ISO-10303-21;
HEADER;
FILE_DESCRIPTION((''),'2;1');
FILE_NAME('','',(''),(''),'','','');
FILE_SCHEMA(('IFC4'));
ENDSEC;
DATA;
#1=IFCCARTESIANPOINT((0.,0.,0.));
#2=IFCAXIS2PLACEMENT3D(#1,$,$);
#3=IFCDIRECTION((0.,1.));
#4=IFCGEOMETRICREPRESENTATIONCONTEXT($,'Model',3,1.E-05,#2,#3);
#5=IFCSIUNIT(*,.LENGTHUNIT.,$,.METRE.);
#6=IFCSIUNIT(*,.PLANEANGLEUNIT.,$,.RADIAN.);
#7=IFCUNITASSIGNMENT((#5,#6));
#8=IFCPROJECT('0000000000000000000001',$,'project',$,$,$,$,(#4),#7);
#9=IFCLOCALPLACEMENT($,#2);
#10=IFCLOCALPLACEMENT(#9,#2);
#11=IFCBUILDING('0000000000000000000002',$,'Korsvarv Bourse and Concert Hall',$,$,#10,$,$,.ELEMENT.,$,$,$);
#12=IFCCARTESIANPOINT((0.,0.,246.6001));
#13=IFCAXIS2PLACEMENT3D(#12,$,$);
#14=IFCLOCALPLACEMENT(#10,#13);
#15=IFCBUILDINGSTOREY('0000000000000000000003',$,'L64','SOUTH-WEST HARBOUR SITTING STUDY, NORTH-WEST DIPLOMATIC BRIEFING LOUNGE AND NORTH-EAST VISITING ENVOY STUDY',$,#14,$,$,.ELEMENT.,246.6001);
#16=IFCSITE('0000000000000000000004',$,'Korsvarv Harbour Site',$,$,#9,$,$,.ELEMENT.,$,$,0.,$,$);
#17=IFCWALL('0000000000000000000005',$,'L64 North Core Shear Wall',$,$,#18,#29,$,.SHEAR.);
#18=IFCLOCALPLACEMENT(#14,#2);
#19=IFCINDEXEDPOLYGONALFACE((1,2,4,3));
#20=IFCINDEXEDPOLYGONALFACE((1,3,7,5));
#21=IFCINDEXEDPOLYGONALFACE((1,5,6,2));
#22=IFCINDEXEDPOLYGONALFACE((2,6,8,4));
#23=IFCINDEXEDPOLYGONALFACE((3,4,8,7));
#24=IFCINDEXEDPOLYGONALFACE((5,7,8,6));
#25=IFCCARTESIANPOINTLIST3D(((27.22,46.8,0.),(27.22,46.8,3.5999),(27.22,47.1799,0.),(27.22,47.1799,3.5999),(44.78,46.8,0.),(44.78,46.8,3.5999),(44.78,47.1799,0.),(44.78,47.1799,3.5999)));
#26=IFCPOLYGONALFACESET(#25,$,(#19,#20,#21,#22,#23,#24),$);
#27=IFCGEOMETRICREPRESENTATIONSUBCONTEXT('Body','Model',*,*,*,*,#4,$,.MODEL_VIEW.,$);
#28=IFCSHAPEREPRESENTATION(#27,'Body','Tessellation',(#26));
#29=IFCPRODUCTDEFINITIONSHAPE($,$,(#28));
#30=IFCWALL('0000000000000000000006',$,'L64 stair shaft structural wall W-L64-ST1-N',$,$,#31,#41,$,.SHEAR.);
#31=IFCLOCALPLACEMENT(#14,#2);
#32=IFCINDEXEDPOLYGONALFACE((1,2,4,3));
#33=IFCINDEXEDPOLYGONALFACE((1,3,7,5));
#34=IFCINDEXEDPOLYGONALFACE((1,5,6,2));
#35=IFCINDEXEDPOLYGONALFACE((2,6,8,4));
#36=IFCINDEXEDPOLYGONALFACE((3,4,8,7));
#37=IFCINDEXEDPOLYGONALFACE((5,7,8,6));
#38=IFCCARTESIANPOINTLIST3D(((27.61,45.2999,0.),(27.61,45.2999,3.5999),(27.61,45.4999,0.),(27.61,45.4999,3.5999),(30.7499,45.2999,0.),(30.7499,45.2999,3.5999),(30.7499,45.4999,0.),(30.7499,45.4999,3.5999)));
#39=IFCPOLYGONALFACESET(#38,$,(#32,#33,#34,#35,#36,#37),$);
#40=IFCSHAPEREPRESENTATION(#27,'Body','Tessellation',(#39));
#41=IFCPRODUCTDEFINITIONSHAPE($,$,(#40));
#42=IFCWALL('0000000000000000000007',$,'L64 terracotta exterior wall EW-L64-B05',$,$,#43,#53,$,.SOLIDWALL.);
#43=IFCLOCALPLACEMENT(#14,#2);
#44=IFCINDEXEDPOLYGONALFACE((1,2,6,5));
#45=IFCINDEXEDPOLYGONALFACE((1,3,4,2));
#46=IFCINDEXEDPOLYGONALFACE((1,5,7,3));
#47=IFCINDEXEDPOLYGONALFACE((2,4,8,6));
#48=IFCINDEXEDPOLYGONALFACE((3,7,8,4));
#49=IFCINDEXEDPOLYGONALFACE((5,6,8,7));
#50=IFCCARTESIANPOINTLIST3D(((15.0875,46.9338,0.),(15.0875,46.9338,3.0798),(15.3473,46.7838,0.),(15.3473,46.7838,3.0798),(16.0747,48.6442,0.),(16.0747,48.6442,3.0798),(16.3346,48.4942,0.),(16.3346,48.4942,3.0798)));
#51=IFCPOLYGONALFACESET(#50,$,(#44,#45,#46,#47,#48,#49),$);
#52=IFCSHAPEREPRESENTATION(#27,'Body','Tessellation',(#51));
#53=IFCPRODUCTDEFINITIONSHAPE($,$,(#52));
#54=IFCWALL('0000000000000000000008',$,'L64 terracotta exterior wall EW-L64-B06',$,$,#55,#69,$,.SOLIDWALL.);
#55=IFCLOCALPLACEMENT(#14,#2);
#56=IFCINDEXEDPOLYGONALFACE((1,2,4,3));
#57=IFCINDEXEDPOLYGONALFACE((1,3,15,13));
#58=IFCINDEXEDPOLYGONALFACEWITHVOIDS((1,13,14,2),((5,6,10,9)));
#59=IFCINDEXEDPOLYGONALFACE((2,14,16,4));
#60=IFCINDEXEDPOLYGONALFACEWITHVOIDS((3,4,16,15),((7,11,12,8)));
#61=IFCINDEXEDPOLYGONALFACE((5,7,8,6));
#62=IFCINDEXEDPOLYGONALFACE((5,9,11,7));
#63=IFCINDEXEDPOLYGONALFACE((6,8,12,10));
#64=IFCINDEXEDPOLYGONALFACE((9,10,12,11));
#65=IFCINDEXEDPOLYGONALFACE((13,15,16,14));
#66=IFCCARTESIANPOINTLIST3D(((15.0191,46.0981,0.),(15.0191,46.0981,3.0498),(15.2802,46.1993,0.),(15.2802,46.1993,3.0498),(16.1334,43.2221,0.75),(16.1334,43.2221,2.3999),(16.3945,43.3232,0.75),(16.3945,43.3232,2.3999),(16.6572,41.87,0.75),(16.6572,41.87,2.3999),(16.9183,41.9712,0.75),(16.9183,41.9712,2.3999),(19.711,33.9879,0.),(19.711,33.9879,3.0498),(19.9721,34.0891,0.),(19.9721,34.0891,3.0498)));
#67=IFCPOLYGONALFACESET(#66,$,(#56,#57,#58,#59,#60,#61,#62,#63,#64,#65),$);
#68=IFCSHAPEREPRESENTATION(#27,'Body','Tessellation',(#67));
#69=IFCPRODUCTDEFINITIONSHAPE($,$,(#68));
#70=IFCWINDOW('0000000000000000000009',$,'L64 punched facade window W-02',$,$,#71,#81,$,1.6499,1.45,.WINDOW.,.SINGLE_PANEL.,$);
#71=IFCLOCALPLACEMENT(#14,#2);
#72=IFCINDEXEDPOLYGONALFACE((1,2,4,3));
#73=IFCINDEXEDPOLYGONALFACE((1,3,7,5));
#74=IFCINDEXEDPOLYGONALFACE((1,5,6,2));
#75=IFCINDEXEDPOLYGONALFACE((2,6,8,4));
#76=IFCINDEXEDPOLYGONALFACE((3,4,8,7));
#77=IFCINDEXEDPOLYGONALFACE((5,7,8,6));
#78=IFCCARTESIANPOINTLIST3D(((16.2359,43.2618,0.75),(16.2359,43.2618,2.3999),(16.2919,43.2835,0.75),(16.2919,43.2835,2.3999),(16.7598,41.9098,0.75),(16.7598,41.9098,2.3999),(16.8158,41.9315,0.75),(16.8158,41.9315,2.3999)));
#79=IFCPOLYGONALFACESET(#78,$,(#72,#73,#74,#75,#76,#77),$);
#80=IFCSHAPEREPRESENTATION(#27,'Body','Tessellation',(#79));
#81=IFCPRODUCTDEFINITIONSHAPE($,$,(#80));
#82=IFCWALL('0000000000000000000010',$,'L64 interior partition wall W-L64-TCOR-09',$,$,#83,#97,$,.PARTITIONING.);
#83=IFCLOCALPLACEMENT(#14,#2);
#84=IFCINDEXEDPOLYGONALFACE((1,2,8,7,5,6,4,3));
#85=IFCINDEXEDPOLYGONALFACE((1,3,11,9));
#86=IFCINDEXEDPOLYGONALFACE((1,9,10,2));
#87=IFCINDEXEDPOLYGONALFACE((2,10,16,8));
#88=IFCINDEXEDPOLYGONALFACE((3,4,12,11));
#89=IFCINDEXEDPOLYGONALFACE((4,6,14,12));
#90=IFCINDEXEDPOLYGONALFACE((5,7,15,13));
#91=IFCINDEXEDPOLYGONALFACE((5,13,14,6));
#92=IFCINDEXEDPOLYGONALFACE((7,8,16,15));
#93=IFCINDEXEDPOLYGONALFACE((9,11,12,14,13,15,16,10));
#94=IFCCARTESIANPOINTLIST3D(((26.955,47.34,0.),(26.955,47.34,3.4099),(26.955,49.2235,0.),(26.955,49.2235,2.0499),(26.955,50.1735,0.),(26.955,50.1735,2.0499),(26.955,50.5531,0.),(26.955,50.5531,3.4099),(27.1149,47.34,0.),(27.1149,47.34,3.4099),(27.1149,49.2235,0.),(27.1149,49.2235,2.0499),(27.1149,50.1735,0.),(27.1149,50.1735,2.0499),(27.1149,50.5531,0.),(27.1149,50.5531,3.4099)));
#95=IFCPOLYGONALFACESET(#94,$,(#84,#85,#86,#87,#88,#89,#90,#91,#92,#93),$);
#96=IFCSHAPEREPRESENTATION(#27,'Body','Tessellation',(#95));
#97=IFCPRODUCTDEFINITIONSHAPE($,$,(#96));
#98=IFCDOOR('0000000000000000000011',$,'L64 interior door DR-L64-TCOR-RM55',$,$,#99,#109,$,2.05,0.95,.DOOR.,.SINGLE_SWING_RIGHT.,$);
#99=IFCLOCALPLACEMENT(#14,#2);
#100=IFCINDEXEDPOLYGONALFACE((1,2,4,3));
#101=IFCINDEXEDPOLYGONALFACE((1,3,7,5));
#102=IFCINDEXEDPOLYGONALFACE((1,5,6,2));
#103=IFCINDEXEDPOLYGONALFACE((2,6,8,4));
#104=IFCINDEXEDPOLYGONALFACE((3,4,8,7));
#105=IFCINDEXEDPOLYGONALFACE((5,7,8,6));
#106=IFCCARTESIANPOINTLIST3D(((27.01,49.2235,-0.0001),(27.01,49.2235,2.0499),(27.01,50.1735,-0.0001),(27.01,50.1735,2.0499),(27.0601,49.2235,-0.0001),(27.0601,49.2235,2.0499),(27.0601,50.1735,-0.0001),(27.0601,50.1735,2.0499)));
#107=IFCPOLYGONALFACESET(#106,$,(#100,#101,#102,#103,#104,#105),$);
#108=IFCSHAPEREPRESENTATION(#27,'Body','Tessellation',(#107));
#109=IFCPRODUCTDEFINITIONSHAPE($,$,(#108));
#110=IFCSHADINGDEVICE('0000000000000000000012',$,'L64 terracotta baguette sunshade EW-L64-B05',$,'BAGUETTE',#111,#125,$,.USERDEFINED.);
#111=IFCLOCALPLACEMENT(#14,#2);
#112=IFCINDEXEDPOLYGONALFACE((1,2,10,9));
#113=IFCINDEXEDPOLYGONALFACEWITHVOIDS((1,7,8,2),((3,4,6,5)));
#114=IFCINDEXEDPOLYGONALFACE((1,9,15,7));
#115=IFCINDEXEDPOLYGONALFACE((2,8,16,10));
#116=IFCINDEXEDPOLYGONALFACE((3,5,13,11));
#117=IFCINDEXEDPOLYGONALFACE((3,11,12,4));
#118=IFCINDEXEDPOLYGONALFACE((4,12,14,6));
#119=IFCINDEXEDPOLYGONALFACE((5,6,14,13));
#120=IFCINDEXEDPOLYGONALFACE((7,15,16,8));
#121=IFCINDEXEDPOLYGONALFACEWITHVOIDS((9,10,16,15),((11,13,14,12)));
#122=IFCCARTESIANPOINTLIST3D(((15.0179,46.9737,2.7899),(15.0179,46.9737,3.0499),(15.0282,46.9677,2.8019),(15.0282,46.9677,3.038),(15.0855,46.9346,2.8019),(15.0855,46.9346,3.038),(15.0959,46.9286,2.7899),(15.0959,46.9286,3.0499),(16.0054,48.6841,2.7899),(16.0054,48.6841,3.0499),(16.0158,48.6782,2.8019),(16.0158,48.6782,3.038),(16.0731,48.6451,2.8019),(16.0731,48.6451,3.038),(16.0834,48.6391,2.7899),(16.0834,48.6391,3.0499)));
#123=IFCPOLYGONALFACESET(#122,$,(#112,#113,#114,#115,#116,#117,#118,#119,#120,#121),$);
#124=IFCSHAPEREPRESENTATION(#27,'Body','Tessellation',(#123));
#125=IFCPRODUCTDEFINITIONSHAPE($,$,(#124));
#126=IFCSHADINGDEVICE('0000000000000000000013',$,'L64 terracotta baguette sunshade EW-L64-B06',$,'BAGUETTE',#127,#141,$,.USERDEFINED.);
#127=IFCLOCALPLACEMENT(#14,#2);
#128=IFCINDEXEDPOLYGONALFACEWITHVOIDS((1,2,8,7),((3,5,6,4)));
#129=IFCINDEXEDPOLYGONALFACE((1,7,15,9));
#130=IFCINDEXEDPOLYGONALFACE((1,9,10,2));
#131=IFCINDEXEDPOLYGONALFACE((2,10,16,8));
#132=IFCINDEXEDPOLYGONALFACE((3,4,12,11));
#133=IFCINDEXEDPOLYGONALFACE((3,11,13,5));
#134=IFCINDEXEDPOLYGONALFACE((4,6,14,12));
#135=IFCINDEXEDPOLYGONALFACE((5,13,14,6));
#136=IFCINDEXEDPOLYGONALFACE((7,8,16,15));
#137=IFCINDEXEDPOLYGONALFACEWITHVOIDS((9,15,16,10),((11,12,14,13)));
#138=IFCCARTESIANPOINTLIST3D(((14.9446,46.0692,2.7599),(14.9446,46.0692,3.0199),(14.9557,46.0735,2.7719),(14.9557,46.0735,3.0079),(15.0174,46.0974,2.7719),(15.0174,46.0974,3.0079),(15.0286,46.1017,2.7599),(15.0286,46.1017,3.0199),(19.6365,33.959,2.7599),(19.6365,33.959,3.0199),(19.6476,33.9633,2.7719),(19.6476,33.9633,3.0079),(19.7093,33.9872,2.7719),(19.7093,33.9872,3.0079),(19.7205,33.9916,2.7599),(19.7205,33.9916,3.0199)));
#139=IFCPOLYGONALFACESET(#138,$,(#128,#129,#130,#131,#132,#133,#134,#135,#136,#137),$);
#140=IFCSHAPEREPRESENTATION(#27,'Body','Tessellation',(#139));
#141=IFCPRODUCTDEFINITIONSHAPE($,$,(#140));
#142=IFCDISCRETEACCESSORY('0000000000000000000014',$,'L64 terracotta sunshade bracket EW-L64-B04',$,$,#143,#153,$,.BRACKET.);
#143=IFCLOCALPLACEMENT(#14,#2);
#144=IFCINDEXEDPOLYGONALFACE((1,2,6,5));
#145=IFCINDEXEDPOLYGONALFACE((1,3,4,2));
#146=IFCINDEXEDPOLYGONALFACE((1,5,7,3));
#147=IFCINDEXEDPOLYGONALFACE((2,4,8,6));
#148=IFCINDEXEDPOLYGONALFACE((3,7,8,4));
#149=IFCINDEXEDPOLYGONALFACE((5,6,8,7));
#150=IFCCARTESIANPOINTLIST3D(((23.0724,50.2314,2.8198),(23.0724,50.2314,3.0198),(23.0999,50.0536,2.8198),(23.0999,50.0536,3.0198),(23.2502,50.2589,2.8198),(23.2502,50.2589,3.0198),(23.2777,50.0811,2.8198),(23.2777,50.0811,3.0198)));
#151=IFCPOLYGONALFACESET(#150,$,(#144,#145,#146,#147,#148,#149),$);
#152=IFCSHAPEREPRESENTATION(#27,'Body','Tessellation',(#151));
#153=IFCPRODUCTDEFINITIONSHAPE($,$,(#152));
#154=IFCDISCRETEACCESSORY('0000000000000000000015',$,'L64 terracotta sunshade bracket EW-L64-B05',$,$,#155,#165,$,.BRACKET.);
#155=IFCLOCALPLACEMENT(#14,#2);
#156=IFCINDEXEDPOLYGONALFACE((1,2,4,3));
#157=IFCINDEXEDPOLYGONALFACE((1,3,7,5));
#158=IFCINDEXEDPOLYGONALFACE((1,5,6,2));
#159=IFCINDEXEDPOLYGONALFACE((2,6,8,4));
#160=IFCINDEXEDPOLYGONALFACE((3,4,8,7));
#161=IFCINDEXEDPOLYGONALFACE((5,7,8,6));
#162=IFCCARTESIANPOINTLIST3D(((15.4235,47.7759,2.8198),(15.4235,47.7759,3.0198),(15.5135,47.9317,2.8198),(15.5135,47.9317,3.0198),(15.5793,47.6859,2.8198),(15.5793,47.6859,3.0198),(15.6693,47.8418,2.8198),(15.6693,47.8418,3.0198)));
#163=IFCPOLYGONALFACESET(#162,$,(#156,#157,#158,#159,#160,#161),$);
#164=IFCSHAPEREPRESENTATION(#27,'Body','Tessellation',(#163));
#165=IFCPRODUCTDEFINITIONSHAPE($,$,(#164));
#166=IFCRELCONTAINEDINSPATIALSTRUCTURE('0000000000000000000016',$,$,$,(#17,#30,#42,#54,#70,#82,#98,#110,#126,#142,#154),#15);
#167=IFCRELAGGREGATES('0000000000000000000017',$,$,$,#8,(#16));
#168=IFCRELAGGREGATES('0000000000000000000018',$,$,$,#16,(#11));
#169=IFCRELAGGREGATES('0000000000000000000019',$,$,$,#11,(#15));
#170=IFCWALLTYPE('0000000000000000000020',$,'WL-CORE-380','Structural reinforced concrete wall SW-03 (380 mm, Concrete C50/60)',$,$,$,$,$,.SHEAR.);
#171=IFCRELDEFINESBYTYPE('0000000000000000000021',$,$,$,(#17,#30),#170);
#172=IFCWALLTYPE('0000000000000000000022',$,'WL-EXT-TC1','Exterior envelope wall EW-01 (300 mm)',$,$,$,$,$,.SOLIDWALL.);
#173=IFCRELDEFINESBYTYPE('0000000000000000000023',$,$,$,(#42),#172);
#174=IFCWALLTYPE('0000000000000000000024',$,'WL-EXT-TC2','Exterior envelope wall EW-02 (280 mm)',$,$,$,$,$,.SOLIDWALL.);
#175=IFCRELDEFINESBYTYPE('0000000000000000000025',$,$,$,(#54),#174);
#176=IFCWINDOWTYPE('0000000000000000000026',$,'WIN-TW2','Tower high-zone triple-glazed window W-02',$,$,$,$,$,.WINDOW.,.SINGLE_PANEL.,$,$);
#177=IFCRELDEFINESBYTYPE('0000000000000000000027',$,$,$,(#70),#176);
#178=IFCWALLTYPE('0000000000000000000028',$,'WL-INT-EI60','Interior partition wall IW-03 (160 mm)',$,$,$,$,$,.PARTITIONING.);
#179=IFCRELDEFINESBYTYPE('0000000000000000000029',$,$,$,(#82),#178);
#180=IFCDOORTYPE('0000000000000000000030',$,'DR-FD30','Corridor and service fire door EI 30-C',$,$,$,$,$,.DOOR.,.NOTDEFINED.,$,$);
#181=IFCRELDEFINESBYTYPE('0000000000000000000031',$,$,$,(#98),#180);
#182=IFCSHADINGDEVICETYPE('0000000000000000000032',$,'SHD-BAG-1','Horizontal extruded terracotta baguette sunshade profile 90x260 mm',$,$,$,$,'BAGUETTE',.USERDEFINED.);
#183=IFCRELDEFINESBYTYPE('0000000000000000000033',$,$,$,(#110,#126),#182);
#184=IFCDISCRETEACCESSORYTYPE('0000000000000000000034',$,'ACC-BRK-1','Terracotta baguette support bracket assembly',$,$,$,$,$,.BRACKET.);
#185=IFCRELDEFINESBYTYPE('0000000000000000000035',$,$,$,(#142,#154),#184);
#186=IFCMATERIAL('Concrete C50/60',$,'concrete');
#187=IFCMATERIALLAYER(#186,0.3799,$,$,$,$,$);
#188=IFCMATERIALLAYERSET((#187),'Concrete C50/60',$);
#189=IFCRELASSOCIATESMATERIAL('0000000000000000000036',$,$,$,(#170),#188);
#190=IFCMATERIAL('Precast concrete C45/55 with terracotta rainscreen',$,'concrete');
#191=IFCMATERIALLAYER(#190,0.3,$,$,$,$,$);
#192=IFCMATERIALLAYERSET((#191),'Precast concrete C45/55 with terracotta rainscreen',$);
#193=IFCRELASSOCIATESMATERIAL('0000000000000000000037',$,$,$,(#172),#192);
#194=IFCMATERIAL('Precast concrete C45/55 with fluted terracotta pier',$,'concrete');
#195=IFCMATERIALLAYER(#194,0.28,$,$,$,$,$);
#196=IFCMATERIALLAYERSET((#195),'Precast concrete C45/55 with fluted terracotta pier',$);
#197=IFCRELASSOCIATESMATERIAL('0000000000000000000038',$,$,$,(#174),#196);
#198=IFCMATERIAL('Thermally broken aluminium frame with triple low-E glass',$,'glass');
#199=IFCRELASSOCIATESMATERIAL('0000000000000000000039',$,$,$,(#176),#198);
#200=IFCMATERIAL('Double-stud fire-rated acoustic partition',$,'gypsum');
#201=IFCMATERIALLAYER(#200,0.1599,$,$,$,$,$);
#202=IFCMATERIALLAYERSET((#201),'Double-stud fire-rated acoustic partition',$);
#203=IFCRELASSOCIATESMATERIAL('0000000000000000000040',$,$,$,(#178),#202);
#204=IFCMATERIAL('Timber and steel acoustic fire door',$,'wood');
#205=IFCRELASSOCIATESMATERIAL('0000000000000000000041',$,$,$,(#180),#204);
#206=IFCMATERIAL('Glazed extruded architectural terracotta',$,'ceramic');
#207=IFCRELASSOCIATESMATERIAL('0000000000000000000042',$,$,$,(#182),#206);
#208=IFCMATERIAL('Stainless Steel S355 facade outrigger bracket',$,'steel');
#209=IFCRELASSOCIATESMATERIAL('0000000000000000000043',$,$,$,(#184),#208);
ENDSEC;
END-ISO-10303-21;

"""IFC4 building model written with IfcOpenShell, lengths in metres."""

from ifc_helpers import new_model, si_unit, direction, frame, frame_2d, origin, origin_2d, place, context, subcontext, project, spatial, rectangle, hollow_rectangle, extrude, source, transform, mapped, material, layer, layer_set, material_profile, profile_set, type_object, element, fill, save


model = new_model("IFC4")

# Units and contexts
model_context = context("Model", 3, precision=1e-05, world=origin(), true_north=direction((0.0, 1.0)))
body_context = subcontext(model_context, "Body", "Model", "MODEL_VIEW")
ifc_project = project(units=[si_unit("LENGTHUNIT", "METRE"), si_unit("PLANEANGLEUNIT", "RADIAN")], contexts=[model_context])

# Site, building, storey
site_placement = place(None, origin())
site = spatial("IfcSite", under=ifc_project, at=site_placement, Name="Korsvarv Harbour Site", CompositionType="ELEMENT", RefElevation=0.0)
building_placement = place(site_placement, origin())
building = spatial("IfcBuilding", under=site, at=building_placement, Name="Korsvarv Bourse and Concert Hall", CompositionType="ELEMENT")
storey_placement = place(building_placement, frame((0.0, 0.0, 246.6001)))
storey = spatial("IfcBuildingStorey", under=building, at=storey_placement, Name="L64", Description="SOUTH-WEST HARBOUR SITTING STUDY, NORTH-WEST DIPLOMATIC BRIEFING LOUNGE AND NORTH-EAST VISITING ENVOY STUDY", CompositionType="ELEMENT", Elevation=246.6001)

# Shared definitions
ifc_material_1 = material(Name="Concrete C50/60", Category="concrete")

# Walls
ifc_layer_1 = layer(ifc_material_1, 0.3799)
ifc_layer_set_1 = layer_set([ifc_layer_1], Name="Concrete C50/60")
wall_type_1 = type_object("IfcWallType", Name="WL-CORE-380", Description="Structural reinforced concrete wall SW-03 (380 mm, Concrete C50/60)", PredefinedType="SHEAR", material=ifc_layer_set_1)
wall_1_placement = place(storey_placement, frame((27.22, 46.99, 0.0), z_axis=(0.0, 0.0, 1.0), x_axis=(1.0, 0.0, 0.0)))
element("IfcWall", 1, at=wall_1_placement, inside=storey, type_object=wall_type_1, Name="L64 North Core Shear Wall", PredefinedType="SHEAR", context=body_context, shape_type="SweptSolid", body=[
    extrude(rectangle(XDim=17.5601, YDim=0.3799, at=frame_2d((8.78, 0.0))), origin(), (0.0, 0.0, 1.0), 3.5999),
])
wall_2_placement = place(storey_placement, frame((27.6101, 45.3999, 0.0), z_axis=(0.0, 0.0, 1.0), x_axis=(1.0, 0.0, 0.0)))
element("IfcWall", 2, at=wall_2_placement, inside=storey, type_object=wall_type_1, Name="L64 stair shaft structural wall W-L64-ST1-N", PredefinedType="SHEAR", context=body_context, shape_type="SweptSolid", body=[
    extrude(rectangle(XDim=3.1399, YDim=0.2, at=frame_2d((1.5698, 0.0))), origin(), (0.0, 0.0, 1.0), 3.5999),
])
ifc_material_2 = material(Name="Precast concrete C45/55 with terracotta rainscreen", Category="concrete")
ifc_layer_2 = layer(ifc_material_2, 0.3)
ifc_layer_set_2 = layer_set([ifc_layer_2], Name="Precast concrete C45/55 with terracotta rainscreen")
wall_type_2 = type_object("IfcWallType", Name="WL-EXT-TC1", Description="Exterior envelope wall EW-01 (300 mm)", PredefinedType="SOLIDWALL", material=ifc_layer_set_2)
wall_3_placement = place(storey_placement, frame((16.2046, 48.5691, 0.0), z_axis=(0.0, 0.0, 1.0), x_axis=(-0.499915, -0.866074, 0.0)))
element("IfcWall", 3, at=wall_3_placement, inside=storey, type_object=wall_type_2, Name="L64 terracotta exterior wall EW-L64-B05", PredefinedType="SOLIDWALL", context=body_context, shape_type="SweptSolid", body=[
    extrude(rectangle(XDim=1.9749, YDim=0.3, at=frame_2d((0.9873, 0.0))), origin(), (0.0, 0.0, 1.0), 3.0798),
])

# Wall, opening, window
ifc_material_3 = material(Name="Precast concrete C45/55 with fluted terracotta pier", Category="concrete")
ifc_layer_3 = layer(ifc_material_3, 0.28)
ifc_layer_set_3 = layer_set([ifc_layer_3], Name="Precast concrete C45/55 with fluted terracotta pier")
wall_type_3 = type_object("IfcWallType", Name="WL-EXT-TC2", Description="Exterior envelope wall EW-02 (280 mm)", PredefinedType="SOLIDWALL", material=ifc_layer_set_3)
wall_4_placement = place(storey_placement, frame((15.1497, 46.1487, 0.0), z_axis=(0.0, 0.0, 1.0), x_axis=(0.361269, -0.932461, 0.0)))
wall_4 = element("IfcWall", 4, at=wall_4_placement, inside=storey, type_object=wall_type_3, Name="L64 terracotta exterior wall EW-L64-B06", PredefinedType="SOLIDWALL", context=body_context, shape_type="SweptSolid", body=[
    extrude(rectangle(XDim=12.9873, YDim=0.28, at=frame_2d((6.4937, 0.0))), origin(), (0.0, 0.0, 1.0), 3.0498),
])
opening_1_placement = place(wall_4_placement, frame((3.0842, 0.0, 0.75)))
opening_1 = element("IfcOpeningElement", 5, at=opening_1_placement, cuts=wall_4, PredefinedType="OPENING", context=body_context, shape_type="SweptSolid", body=[
    extrude(rectangle(XDim=1.45, YDim=1.6499, at=frame_2d((0.7251, 0.825))), frame((0.0, 0.1499, 0.0), z_axis=(0.0, -1.0, 0.0), x_axis=(1.0, 0.0, 0.0)), (0.0, 0.0, 1.0), 0.3),
])
ifc_material_4 = material(Name="Thermally broken aluminium frame with triple low-E glass", Category="glass")
window_type = type_object("IfcWindowType", Name="WIN-TW2", Description="Tower high-zone triple-glazed window W-02", PartitioningType="SINGLE_PANEL", PredefinedType="WINDOW", material=ifc_material_4)
window_placement = place(opening_1_placement, origin())
window = element("IfcWindow", 6, at=window_placement, inside=storey, type_object=window_type, Name="L64 punched facade window W-02", OverallHeight=1.6499, OverallWidth=1.45, PartitioningType="SINGLE_PANEL", PredefinedType="WINDOW", context=body_context, shape_type="SweptSolid", body=[
    extrude(rectangle(XDim=1.45, YDim=1.6499, at=frame_2d((0.7251, 0.825))), frame((0.0, 0.03, 0.0), z_axis=(0.0, -1.0, 0.0), x_axis=(1.0, 0.0, 0.0)), (0.0, 0.0, 1.0), 0.0601),
])
fill(opening_1, window)

# Wall, opening, door
ifc_material_5 = material(Name="Double-stud fire-rated acoustic partition", Category="gypsum")
ifc_layer_4 = layer(ifc_material_5, 0.1599)
ifc_layer_set_4 = layer_set([ifc_layer_4], Name="Double-stud fire-rated acoustic partition")
wall_type_4 = type_object("IfcWallType", Name="WL-INT-EI60", Description="Interior partition wall IW-03 (160 mm)", PredefinedType="PARTITIONING", material=ifc_layer_set_4)
wall_5_placement = place(storey_placement, frame((27.0349, 47.3401, 0.0), z_axis=(0.0, 0.0, 1.0), x_axis=(0.0, 1.0, 0.0)))
wall_5 = element("IfcWall", 7, at=wall_5_placement, inside=storey, type_object=wall_type_4, Name="L64 interior partition wall W-L64-TCOR-09", PredefinedType="PARTITIONING", context=body_context, shape_type="SweptSolid", body=[
    extrude(rectangle(XDim=3.2131, YDim=0.1599, at=frame_2d((1.6064, 0.0))), origin(), (0.0, 0.0, 1.0), 3.4099),
])
opening_2_placement = place(wall_5_placement, frame((1.8833, 0.0, 0.0)))
opening_2 = element("IfcOpeningElement", 8, at=opening_2_placement, cuts=wall_5, PredefinedType="OPENING", context=body_context, shape_type="SweptSolid", body=[
    extrude(rectangle(XDim=0.95, YDim=2.05, at=frame_2d((0.4751, 1.0249))), frame((0.0, 0.0898, 0.0), z_axis=(0.0, -1.0, 0.0), x_axis=(1.0, 0.0, 0.0)), (0.0, 0.0, 1.0), 0.1799),
])
ifc_material_6 = material(Name="Timber and steel acoustic fire door", Category="wood")
door_type = type_object("IfcDoorType", Name="DR-FD30", Description="Corridor and service fire door EI 30-C", OperationType="NOTDEFINED", PredefinedType="DOOR", material=ifc_material_6)
door_placement = place(opening_2_placement, origin())
door = element("IfcDoor", 9, at=door_placement, inside=storey, type_object=door_type, Name="L64 interior door DR-L64-TCOR-RM55", OperationType="SINGLE_SWING_RIGHT", OverallHeight=2.05, OverallWidth=0.95, PredefinedType="DOOR", context=body_context, shape_type="SweptSolid", body=[
    extrude(rectangle(XDim=0.95, YDim=2.05, at=frame_2d((0.4751, 1.0249))), frame((0.0, 0.0249, 0.0), z_axis=(0.0, -1.0, 0.0), x_axis=(1.0, 0.0, 0.0)), (0.0, 0.0, 1.0), 0.05),
])
fill(opening_2, door)

# Shading devices
ifc_material_7 = material(Name="Glazed extruded architectural terracotta", Category="ceramic")
ifc_material_profile_1 = material_profile(ifc_material_7, hollow_rectangle(XDim=0.0901, YDim=0.26, WallThickness=0.012, at=origin_2d()), Name="TC-BAG 90x260")
ifc_profile_set_1 = profile_set([ifc_material_profile_1], Name="Glazed extruded architectural terracotta")
shading_device_type = type_object("IfcShadingDeviceType", Name="SHD-BAG-1", Description="Horizontal extruded terracotta baguette sunshade profile 90x260 mm", ElementType="BAGUETTE", PredefinedType="USERDEFINED", material=ifc_profile_set_1)
shared_shape_1 = source(origin(), body_context, "Body", "SweptSolid", [
    extrude(hollow_rectangle(XDim=0.0901, YDim=0.26, WallThickness=0.012, at=origin_2d()), origin(), (0.0, 0.0, 1.0), 1.9751),
])
shading_device_1_placement = place(storey_placement, frame((16.0444, 48.6616, 2.9199), z_axis=(-0.500008, -0.866021, 0.0), x_axis=(0.866021, -0.500008, 0.0)))
element("IfcShadingDevice", 10, at=shading_device_1_placement, inside=storey, type_object=shading_device_type, Name="L64 terracotta baguette sunshade EW-L64-B05", ObjectType="BAGUETTE", PredefinedType="USERDEFINED", context=body_context, shape_type="MappedRepresentation", body=[
    mapped(shared_shape_1, transform((0.0, 0.0, 0.0), scale=1.0)),
])
shared_shape_2 = source(origin(), body_context, "Body", "SweptSolid", [
    extrude(hollow_rectangle(XDim=0.0901, YDim=0.26, WallThickness=0.012, at=origin_2d()), origin(), (0.0, 0.0, 1.0), 12.9873),
])
shading_device_2_placement = place(storey_placement, frame((14.9866, 46.0854, 2.8899), z_axis=(0.361269, -0.932461, 0.0), x_axis=(0.932461, 0.361269, 0.0)))
element("IfcShadingDevice", 11, at=shading_device_2_placement, inside=storey, type_object=shading_device_type, Name="L64 terracotta baguette sunshade EW-L64-B06", ObjectType="BAGUETTE", PredefinedType="USERDEFINED", context=body_context, shape_type="MappedRepresentation", body=[
    mapped(shared_shape_2, transform((0.0, 0.0, 0.0), scale=1.0)),
])

# Discrete accessories
ifc_material_8 = material(Name="Stainless Steel S355 facade outrigger bracket", Category="steel")
discrete_accessory_type = type_object("IfcDiscreteAccessoryType", Name="ACC-BRK-1", Description="Terracotta baguette support bracket assembly", PredefinedType="BRACKET", material=ifc_material_8)
shared_shape_3 = source(origin(), body_context, "Body", "SweptSolid", [
    extrude(rectangle(XDim=0.1799, YDim=0.1799, at=origin_2d()), origin(), (0.0, 0.0, 1.0), 0.2),
])
for number, where, z_axis, x_axis, name in (
    (12, (23.175, 50.1562, 2.8198), (0.0, 0.0, 1.0), (-0.988175, -0.153331, 0.0), "L64 terracotta sunshade bracket EW-L64-B04"),
    (13, (15.5464, 47.8088, 2.8198), (0.0, 0.0, 1.0), (-0.5, -0.866025, 0.0), "L64 terracotta sunshade bracket EW-L64-B05"),
):
    element("IfcDiscreteAccessory", number, at=place(storey_placement, frame(where, z_axis=z_axis, x_axis=x_axis)), inside=storey, type_object=discrete_accessory_type, Name=name, PredefinedType="BRACKET", context=body_context, shape_type="MappedRepresentation", body=[
        mapped(shared_shape_3, transform((0.0, 0.0, 0.0), scale=1.0)),
    ])

save(model, "model.ifc")
